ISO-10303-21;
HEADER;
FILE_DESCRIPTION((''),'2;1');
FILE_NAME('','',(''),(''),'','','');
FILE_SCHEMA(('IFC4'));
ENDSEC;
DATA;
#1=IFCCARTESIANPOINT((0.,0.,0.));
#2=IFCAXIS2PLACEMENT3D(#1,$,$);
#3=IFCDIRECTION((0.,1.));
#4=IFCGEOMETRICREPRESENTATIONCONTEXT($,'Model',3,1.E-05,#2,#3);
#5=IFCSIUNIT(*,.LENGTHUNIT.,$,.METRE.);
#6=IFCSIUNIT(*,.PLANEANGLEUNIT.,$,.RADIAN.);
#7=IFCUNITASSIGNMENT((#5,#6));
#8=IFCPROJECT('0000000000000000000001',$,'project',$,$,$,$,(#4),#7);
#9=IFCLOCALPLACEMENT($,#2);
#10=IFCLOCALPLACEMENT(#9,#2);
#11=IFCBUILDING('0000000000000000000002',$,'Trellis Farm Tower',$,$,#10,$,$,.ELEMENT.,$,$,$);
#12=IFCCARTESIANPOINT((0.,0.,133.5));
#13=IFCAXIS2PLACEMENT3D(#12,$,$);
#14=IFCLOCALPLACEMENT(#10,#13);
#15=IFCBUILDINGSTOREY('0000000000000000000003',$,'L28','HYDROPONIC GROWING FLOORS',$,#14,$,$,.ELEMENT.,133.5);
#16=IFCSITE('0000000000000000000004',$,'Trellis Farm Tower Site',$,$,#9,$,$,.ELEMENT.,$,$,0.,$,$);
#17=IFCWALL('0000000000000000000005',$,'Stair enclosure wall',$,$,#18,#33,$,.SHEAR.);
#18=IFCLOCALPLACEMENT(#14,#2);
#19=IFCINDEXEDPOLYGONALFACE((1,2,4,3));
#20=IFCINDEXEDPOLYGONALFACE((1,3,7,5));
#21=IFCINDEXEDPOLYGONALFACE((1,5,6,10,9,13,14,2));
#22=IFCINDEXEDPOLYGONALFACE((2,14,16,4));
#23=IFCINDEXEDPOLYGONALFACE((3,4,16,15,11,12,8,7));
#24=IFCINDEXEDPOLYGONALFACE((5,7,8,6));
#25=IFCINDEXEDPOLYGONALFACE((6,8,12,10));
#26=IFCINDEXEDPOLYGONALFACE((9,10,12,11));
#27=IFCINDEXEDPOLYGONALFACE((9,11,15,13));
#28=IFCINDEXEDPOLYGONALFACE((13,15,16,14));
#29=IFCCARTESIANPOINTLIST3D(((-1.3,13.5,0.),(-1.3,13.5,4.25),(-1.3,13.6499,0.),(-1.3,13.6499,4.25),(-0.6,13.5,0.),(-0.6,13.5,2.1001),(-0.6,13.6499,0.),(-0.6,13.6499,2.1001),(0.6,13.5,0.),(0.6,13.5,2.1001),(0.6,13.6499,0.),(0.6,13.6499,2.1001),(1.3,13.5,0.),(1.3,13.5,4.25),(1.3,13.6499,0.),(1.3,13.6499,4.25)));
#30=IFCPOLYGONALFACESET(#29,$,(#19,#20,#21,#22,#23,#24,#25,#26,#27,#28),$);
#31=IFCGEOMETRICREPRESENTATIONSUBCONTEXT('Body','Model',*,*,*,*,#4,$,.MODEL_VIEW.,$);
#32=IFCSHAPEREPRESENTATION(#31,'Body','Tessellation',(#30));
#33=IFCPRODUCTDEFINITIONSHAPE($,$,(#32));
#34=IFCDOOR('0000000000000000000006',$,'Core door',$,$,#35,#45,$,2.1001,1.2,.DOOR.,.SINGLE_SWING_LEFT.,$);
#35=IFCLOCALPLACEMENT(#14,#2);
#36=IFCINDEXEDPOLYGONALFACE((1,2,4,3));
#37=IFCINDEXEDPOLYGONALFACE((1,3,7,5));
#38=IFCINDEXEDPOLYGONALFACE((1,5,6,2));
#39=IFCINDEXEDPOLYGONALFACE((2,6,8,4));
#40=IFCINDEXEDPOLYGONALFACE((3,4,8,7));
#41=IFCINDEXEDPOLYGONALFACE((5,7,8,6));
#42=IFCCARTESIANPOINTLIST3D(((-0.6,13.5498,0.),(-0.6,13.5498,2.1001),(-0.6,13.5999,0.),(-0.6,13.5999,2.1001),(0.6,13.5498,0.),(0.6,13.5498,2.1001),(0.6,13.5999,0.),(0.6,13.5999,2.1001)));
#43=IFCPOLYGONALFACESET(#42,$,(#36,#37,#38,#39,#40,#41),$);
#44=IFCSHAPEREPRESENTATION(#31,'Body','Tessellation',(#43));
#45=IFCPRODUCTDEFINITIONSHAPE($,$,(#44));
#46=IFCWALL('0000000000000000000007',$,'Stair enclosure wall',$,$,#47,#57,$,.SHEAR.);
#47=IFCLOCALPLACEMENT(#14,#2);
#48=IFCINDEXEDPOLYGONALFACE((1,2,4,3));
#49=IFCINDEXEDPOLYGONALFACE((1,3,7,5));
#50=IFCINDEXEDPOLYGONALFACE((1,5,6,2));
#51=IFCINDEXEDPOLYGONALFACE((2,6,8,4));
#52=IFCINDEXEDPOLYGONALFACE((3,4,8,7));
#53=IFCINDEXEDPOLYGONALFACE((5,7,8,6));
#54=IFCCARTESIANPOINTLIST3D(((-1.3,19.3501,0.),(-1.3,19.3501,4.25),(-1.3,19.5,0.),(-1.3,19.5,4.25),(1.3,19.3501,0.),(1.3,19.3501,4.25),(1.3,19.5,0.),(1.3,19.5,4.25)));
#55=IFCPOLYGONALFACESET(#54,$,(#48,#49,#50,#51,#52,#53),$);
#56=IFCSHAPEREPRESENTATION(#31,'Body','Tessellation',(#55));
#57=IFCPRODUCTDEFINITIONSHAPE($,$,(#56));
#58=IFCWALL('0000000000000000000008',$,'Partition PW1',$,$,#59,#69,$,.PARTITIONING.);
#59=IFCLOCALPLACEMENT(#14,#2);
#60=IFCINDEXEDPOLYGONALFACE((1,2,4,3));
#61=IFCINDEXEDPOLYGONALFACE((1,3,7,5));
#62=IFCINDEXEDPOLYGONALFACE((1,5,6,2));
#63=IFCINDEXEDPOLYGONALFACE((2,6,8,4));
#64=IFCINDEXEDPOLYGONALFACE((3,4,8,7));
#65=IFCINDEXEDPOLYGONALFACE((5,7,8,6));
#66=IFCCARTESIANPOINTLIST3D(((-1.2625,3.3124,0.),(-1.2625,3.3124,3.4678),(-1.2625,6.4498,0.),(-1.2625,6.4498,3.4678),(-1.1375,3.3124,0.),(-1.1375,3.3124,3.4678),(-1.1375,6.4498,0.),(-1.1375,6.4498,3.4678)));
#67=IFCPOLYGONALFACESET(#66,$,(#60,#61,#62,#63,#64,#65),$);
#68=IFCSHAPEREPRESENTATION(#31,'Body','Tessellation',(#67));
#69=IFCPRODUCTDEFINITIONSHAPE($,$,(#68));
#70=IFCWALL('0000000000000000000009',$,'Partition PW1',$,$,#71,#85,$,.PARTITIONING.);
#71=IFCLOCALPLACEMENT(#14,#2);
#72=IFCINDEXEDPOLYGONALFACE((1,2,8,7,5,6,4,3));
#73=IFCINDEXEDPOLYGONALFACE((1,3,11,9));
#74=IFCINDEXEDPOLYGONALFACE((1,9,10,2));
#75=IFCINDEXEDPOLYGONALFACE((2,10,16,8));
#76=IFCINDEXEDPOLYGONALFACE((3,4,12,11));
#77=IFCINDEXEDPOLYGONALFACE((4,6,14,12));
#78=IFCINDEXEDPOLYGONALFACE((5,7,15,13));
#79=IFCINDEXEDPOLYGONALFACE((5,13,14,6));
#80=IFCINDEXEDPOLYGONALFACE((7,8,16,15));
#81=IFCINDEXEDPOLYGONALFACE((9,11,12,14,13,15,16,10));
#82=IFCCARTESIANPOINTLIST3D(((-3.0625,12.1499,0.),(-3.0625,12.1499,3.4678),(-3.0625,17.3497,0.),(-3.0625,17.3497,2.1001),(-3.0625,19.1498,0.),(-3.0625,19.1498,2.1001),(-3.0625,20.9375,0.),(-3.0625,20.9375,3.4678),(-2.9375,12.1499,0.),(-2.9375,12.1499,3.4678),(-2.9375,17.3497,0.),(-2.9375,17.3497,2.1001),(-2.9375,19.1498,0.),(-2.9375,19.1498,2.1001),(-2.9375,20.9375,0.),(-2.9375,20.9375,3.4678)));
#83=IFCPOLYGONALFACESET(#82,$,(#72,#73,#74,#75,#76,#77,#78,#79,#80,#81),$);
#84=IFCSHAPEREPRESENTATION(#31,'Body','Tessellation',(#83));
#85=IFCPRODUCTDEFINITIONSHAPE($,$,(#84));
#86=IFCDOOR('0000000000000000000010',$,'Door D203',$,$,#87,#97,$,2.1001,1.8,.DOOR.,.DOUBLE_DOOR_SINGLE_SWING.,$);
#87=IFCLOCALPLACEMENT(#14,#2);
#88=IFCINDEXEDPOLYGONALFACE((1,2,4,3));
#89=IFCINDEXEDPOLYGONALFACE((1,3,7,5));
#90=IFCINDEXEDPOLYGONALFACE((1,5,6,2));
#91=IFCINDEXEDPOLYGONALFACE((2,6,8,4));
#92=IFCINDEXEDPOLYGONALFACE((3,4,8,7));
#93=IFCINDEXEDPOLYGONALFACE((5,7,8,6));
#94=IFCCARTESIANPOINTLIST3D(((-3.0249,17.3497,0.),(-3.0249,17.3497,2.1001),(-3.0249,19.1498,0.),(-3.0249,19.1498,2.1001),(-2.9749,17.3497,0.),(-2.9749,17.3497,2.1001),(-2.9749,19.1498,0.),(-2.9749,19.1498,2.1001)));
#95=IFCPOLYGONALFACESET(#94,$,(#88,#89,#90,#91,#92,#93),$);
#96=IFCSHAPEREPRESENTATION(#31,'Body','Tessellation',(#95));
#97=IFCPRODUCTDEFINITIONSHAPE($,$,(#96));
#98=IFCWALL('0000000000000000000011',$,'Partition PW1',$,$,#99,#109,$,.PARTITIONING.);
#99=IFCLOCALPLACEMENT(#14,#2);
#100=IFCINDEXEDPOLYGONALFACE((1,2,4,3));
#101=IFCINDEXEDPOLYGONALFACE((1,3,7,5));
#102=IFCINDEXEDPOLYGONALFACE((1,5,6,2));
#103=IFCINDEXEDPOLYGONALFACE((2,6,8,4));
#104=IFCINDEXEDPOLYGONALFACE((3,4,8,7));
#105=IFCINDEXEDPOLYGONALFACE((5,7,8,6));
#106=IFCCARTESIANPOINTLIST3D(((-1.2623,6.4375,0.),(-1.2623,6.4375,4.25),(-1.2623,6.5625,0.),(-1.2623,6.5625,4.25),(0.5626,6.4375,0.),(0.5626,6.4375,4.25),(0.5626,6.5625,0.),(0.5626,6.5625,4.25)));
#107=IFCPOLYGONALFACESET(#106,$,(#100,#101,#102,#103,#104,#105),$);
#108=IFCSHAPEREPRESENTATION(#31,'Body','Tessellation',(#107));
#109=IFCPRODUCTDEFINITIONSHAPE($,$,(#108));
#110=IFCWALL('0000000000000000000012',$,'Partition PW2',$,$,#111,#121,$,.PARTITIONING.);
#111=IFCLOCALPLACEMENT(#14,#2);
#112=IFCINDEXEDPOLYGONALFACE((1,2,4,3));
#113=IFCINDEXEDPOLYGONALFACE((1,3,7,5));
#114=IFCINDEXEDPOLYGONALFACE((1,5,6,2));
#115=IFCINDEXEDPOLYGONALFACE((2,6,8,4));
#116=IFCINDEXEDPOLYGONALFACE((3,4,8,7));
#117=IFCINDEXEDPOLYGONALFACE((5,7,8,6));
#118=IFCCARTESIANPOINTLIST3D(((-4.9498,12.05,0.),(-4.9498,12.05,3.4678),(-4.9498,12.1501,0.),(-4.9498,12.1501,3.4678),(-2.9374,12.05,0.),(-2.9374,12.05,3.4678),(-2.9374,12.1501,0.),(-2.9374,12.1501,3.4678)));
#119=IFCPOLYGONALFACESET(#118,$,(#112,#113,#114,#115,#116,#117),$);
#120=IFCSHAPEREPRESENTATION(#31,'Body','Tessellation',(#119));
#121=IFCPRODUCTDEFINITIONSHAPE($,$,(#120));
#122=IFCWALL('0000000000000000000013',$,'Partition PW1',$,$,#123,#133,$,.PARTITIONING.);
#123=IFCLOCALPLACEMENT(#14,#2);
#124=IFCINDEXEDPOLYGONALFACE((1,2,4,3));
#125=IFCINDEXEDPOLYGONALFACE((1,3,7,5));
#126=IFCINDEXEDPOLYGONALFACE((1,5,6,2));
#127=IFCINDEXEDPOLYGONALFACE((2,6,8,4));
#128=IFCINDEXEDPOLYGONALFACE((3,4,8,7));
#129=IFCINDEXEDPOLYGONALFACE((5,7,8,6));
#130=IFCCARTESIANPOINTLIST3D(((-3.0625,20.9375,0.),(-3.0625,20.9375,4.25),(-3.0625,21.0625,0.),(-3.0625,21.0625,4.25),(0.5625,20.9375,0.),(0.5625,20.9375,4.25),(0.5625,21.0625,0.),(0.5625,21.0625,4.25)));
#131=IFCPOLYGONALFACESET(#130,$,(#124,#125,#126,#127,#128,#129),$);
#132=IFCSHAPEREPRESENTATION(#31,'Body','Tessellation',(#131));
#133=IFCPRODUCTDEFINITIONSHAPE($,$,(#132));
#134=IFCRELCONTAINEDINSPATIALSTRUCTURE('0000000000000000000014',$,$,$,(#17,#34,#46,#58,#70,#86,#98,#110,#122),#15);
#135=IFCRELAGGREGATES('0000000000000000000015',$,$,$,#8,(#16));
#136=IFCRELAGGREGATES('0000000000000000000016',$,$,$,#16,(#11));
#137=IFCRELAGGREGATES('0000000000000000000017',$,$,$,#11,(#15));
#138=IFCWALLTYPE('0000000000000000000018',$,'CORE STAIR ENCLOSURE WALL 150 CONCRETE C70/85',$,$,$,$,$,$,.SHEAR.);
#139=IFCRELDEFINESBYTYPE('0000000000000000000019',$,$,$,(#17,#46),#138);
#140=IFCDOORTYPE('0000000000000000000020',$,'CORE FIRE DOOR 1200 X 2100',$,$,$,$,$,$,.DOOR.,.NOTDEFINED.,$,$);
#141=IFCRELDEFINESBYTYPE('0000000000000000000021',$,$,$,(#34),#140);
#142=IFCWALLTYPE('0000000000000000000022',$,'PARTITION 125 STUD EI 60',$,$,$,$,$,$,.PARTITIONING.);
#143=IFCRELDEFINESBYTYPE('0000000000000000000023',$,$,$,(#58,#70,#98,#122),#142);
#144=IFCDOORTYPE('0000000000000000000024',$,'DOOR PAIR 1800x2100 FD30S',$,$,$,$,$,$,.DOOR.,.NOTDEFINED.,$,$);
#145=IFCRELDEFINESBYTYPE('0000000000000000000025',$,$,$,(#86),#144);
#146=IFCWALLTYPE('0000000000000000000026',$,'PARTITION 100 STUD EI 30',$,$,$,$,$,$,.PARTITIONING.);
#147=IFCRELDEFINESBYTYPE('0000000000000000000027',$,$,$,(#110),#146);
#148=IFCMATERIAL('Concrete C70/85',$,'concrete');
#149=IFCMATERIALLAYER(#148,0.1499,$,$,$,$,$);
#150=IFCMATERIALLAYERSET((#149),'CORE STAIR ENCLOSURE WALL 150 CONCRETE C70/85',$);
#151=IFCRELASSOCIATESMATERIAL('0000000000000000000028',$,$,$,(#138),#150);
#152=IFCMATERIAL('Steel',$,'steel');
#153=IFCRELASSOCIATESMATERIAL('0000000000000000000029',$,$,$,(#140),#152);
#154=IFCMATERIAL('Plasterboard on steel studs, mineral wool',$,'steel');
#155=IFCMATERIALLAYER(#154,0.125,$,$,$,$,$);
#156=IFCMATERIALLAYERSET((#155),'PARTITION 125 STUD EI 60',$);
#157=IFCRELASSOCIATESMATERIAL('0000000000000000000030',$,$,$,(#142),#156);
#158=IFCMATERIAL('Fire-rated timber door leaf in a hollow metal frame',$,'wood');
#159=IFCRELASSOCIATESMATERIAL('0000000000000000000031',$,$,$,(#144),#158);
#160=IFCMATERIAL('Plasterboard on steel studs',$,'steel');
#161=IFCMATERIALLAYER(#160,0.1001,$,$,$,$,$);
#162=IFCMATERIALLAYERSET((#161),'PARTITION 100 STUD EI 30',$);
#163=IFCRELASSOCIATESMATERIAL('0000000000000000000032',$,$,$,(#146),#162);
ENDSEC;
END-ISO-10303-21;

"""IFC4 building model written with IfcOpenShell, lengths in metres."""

from ifc_helpers import new_model, si_unit, direction, frame, frame_2d, origin, place, context, subcontext, project, spatial, rectangle, extrude, source, transform, mapped, material, layer, layer_set, type_object, element, fill, save


model = new_model("IFC4")

# Units and contexts
model_context = context("Model", 3, precision=1e-05, world=origin(), true_north=direction((0.0, 1.0)))
body_context = subcontext(model_context, "Body", "Model", "MODEL_VIEW")
ifc_project = project(units=[si_unit("LENGTHUNIT", "METRE"), si_unit("PLANEANGLEUNIT", "RADIAN")], contexts=[model_context])

# Site, building, storey
site_placement = place(None, origin())
site = spatial("IfcSite", under=ifc_project, at=site_placement, Name="Trellis Farm Tower Site", CompositionType="ELEMENT", RefElevation=0.0)
building_placement = place(site_placement, origin())
building = spatial("IfcBuilding", under=site, at=building_placement, Name="Trellis Farm Tower", CompositionType="ELEMENT")
storey_placement = place(building_placement, frame((0.0, 0.0, 133.5)))
storey = spatial("IfcBuildingStorey", under=building, at=storey_placement, Name="L28", Description="HYDROPONIC GROWING FLOORS", CompositionType="ELEMENT", Elevation=133.5)

# Shared definitions
ifc_material_1 = material(Name="Concrete C70/85", Category="concrete")

# Wall, opening, door
ifc_layer_1 = layer(ifc_material_1, 0.1499)
ifc_layer_set_1 = layer_set([ifc_layer_1], Name="CORE STAIR ENCLOSURE WALL 150 CONCRETE C70/85")
wall_type_1 = type_object("IfcWallType", Name="CORE STAIR ENCLOSURE WALL 150 CONCRETE C70/85", PredefinedType="SHEAR", material=ifc_layer_set_1)
shared_shape_1 = source(origin(), body_context, "Body", "SweptSolid", [
    extrude(rectangle(XDim=2.6001, YDim=0.1499, at=frame_2d((1.3, 0.0))), origin(), (0.0, 0.0, 1.0), 4.25),
])
wall_1_placement = place(storey_placement, frame((-1.3, 13.575, 0.0), z_axis=(0.0, 0.0, 1.0), x_axis=(1.0, 0.0, 0.0)))
wall_1 = element("IfcWall", 1, at=wall_1_placement, inside=storey, type_object=wall_type_1, Name="Stair enclosure wall", PredefinedType="SHEAR", context=body_context, shape_type="MappedRepresentation", body=[
    mapped(shared_shape_1, transform((0.0, 0.0, 0.0))),
])
shared_shape_2 = source(origin(), body_context, "Body", "SweptSolid", [
    extrude(rectangle(XDim=1.2, YDim=2.1001, at=frame_2d((0.6001, 1.05))), frame((0.0, 0.085, 0.0), z_axis=(0.0, -1.0, 0.0), x_axis=(1.0, 0.0, 0.0)), (0.0, 0.0, 1.0), 0.1699),
])
opening_1_placement = place(wall_1_placement, frame((0.7, 0.0, 0.0)))
opening_1 = element("IfcOpeningElement", 2, at=opening_1_placement, cuts=wall_1, PredefinedType="OPENING", context=body_context, shape_type="MappedRepresentation", body=[
    mapped(shared_shape_2, transform((0.0, 0.0, 0.0))),
])
ifc_material_2 = material(Name="Steel", Category="steel")
door_type_1 = type_object("IfcDoorType", Name="CORE FIRE DOOR 1200 X 2100", OperationType="NOTDEFINED", PredefinedType="DOOR", material=ifc_material_2)
shared_shape_3 = source(origin(), body_context, "Body", "SweptSolid", [
    extrude(rectangle(XDim=1.2, YDim=2.1001, at=frame_2d((0.6001, 1.05))), frame((0.0, 0.0249, 0.0), z_axis=(0.0, -1.0, 0.0), x_axis=(1.0, 0.0, 0.0)), (0.0, 0.0, 1.0), 0.05),
])
door_1_placement = place(opening_1_placement, origin())
door_1 = element("IfcDoor", 3, at=door_1_placement, inside=storey, type_object=door_type_1, Name="Core door", OperationType="SINGLE_SWING_LEFT", OverallHeight=2.1001, OverallWidth=1.2, PredefinedType="DOOR", context=body_context, shape_type="MappedRepresentation", body=[
    mapped(shared_shape_3, transform((0.0, 0.0, 0.0))),
])
fill(opening_1, door_1)

# Walls
wall_2_placement = place(storey_placement, frame((-1.3, 19.425, 0.0), z_axis=(0.0, 0.0, 1.0), x_axis=(1.0, 0.0, 0.0)))
element("IfcWall", 4, at=wall_2_placement, inside=storey, type_object=wall_type_1, Name="Stair enclosure wall", PredefinedType="SHEAR", context=body_context, shape_type="MappedRepresentation", body=[
    mapped(shared_shape_1, transform((0.0, 0.0, 0.0))),
])
ifc_material_3 = material(Name="Plasterboard on steel studs, mineral wool", Category="steel")
ifc_layer_2 = layer(ifc_material_3, 0.125)
ifc_layer_set_2 = layer_set([ifc_layer_2], Name="PARTITION 125 STUD EI 60")
wall_type_2 = type_object("IfcWallType", Name="PARTITION 125 STUD EI 60", PredefinedType="PARTITIONING", material=ifc_layer_set_2)
shared_shape_4 = source(origin(), body_context, "Body", "SweptSolid", [
    extrude(rectangle(XDim=3.1375, YDim=0.125, at=frame_2d((1.5688, 0.0))), origin(), (0.0, 0.0, 1.0), 3.4678),
])
wall_3_placement = place(storey_placement, frame((-1.2, 6.45, 0.0), z_axis=(0.0, 0.0, 1.0), x_axis=(0.0, -1.0, 0.0)))
element("IfcWall", 5, at=wall_3_placement, inside=storey, type_object=wall_type_2, Name="Partition PW1", PredefinedType="PARTITIONING", context=body_context, shape_type="MappedRepresentation", body=[
    mapped(shared_shape_4, transform((0.0, 0.0, 0.0))),
])

# Wall, opening, door
shared_shape_5 = source(origin(), body_context, "Body", "SweptSolid", [
    extrude(rectangle(XDim=8.7876, YDim=0.125, at=frame_2d((4.3938, 0.0))), origin(), (0.0, 0.0, 1.0), 3.4678),
])
wall_4_placement = place(storey_placement, frame((-3.0, 12.1499, 0.0), z_axis=(0.0, 0.0, 1.0), x_axis=(0.0, 1.0, 0.0)))
wall_4 = element("IfcWall", 6, at=wall_4_placement, inside=storey, type_object=wall_type_2, Name="Partition PW1", PredefinedType="PARTITIONING", context=body_context, shape_type="MappedRepresentation", body=[
    mapped(shared_shape_5, transform((0.0, 0.0, 0.0))),
])
shared_shape_6 = source(origin(), body_context, "Body", "SweptSolid", [
    extrude(rectangle(XDim=1.8, YDim=2.1001, at=frame_2d((0.8999, 1.05))), frame((0.0, 0.0725, 0.0), z_axis=(0.0, -1.0, 0.0), x_axis=(1.0, 0.0, 0.0)), (0.0, 0.0, 1.0), 0.145),
])
opening_2_placement = place(wall_4_placement, frame((5.2, 0.0, 0.0)))
opening_2 = element("IfcOpeningElement", 7, at=opening_2_placement, cuts=wall_4, PredefinedType="OPENING", context=body_context, shape_type="MappedRepresentation", body=[
    mapped(shared_shape_6, transform((0.0, 0.0, 0.0))),
])
ifc_material_4 = material(Name="Fire-rated timber door leaf in a hollow metal frame", Category="wood")
door_type_2 = type_object("IfcDoorType", Name="DOOR PAIR 1800x2100 FD30S", OperationType="NOTDEFINED", PredefinedType="DOOR", material=ifc_material_4)
shared_shape_7 = source(origin(), body_context, "Body", "SweptSolid", [
    extrude(rectangle(XDim=1.8, YDim=2.1001, at=frame_2d((0.8999, 1.05))), frame((0.0, 0.0249, 0.0), z_axis=(0.0, -1.0, 0.0), x_axis=(1.0, 0.0, 0.0)), (0.0, 0.0, 1.0), 0.05),
])
door_2_placement = place(opening_2_placement, origin())
door_2 = element("IfcDoor", 8, at=door_2_placement, inside=storey, type_object=door_type_2, Name="Door D203", OperationType="DOUBLE_DOOR_SINGLE_SWING", OverallHeight=2.1001, OverallWidth=1.8, PredefinedType="DOOR", context=body_context, shape_type="MappedRepresentation", body=[
    mapped(shared_shape_7, transform((0.0, 0.0, 0.0))),
])
fill(opening_2, door_2)

# Walls
shared_shape_8 = source(origin(), body_context, "Body", "SweptSolid", [
    extrude(rectangle(XDim=1.825, YDim=0.125, at=frame_2d((0.9126, 0.0))), origin(), (0.0, 0.0, 1.0), 4.25),
])
wall_5_placement = place(storey_placement, frame((-1.2625, 6.5, 0.0), z_axis=(0.0, 0.0, 1.0), x_axis=(1.0, 0.0, 0.0)))
element("IfcWall", 9, at=wall_5_placement, inside=storey, type_object=wall_type_2, Name="Partition PW1", PredefinedType="PARTITIONING", context=body_context, shape_type="MappedRepresentation", body=[
    mapped(shared_shape_8, transform((0.0, 0.0, 0.0))),
])
ifc_material_5 = material(Name="Plasterboard on steel studs", Category="steel")
ifc_layer_3 = layer(ifc_material_5, 0.1001)
ifc_layer_set_3 = layer_set([ifc_layer_3], Name="PARTITION 100 STUD EI 30")
wall_type_3 = type_object("IfcWallType", Name="PARTITION 100 STUD EI 30", PredefinedType="PARTITIONING", material=ifc_layer_set_3)
shared_shape_9 = source(origin(), body_context, "Body", "SweptSolid", [
    extrude(rectangle(XDim=2.0125, YDim=0.1001, at=frame_2d((1.0063, 0.0))), origin(), (0.0, 0.0, 1.0), 3.4678),
])
wall_6_placement = place(storey_placement, frame((-4.95, 12.1001, 0.0), z_axis=(0.0, 0.0, 1.0), x_axis=(1.0, 0.0, 0.0)))
element("IfcWall", 10, at=wall_6_placement, inside=storey, type_object=wall_type_3, Name="Partition PW2", PredefinedType="PARTITIONING", context=body_context, shape_type="MappedRepresentation", body=[
    mapped(shared_shape_9, transform((0.0, 0.0, 0.0))),
])
shared_shape_10 = source(origin(), body_context, "Body", "SweptSolid", [
    extrude(rectangle(XDim=3.625, YDim=0.125, at=frame_2d((1.8125, 0.0))), origin(), (0.0, 0.0, 1.0), 4.25),
])
wall_7_placement = place(storey_placement, frame((-3.0625, 21.0, 0.0), z_axis=(0.0, 0.0, 1.0), x_axis=(1.0, 0.0, 0.0)))
element("IfcWall", 11, at=wall_7_placement, inside=storey, type_object=wall_type_2, Name="Partition PW1", PredefinedType="PARTITIONING", context=body_context, shape_type="MappedRepresentation", body=[
    mapped(shared_shape_10, transform((0.0, 0.0, 0.0))),
])

save(model, "model.ifc")
